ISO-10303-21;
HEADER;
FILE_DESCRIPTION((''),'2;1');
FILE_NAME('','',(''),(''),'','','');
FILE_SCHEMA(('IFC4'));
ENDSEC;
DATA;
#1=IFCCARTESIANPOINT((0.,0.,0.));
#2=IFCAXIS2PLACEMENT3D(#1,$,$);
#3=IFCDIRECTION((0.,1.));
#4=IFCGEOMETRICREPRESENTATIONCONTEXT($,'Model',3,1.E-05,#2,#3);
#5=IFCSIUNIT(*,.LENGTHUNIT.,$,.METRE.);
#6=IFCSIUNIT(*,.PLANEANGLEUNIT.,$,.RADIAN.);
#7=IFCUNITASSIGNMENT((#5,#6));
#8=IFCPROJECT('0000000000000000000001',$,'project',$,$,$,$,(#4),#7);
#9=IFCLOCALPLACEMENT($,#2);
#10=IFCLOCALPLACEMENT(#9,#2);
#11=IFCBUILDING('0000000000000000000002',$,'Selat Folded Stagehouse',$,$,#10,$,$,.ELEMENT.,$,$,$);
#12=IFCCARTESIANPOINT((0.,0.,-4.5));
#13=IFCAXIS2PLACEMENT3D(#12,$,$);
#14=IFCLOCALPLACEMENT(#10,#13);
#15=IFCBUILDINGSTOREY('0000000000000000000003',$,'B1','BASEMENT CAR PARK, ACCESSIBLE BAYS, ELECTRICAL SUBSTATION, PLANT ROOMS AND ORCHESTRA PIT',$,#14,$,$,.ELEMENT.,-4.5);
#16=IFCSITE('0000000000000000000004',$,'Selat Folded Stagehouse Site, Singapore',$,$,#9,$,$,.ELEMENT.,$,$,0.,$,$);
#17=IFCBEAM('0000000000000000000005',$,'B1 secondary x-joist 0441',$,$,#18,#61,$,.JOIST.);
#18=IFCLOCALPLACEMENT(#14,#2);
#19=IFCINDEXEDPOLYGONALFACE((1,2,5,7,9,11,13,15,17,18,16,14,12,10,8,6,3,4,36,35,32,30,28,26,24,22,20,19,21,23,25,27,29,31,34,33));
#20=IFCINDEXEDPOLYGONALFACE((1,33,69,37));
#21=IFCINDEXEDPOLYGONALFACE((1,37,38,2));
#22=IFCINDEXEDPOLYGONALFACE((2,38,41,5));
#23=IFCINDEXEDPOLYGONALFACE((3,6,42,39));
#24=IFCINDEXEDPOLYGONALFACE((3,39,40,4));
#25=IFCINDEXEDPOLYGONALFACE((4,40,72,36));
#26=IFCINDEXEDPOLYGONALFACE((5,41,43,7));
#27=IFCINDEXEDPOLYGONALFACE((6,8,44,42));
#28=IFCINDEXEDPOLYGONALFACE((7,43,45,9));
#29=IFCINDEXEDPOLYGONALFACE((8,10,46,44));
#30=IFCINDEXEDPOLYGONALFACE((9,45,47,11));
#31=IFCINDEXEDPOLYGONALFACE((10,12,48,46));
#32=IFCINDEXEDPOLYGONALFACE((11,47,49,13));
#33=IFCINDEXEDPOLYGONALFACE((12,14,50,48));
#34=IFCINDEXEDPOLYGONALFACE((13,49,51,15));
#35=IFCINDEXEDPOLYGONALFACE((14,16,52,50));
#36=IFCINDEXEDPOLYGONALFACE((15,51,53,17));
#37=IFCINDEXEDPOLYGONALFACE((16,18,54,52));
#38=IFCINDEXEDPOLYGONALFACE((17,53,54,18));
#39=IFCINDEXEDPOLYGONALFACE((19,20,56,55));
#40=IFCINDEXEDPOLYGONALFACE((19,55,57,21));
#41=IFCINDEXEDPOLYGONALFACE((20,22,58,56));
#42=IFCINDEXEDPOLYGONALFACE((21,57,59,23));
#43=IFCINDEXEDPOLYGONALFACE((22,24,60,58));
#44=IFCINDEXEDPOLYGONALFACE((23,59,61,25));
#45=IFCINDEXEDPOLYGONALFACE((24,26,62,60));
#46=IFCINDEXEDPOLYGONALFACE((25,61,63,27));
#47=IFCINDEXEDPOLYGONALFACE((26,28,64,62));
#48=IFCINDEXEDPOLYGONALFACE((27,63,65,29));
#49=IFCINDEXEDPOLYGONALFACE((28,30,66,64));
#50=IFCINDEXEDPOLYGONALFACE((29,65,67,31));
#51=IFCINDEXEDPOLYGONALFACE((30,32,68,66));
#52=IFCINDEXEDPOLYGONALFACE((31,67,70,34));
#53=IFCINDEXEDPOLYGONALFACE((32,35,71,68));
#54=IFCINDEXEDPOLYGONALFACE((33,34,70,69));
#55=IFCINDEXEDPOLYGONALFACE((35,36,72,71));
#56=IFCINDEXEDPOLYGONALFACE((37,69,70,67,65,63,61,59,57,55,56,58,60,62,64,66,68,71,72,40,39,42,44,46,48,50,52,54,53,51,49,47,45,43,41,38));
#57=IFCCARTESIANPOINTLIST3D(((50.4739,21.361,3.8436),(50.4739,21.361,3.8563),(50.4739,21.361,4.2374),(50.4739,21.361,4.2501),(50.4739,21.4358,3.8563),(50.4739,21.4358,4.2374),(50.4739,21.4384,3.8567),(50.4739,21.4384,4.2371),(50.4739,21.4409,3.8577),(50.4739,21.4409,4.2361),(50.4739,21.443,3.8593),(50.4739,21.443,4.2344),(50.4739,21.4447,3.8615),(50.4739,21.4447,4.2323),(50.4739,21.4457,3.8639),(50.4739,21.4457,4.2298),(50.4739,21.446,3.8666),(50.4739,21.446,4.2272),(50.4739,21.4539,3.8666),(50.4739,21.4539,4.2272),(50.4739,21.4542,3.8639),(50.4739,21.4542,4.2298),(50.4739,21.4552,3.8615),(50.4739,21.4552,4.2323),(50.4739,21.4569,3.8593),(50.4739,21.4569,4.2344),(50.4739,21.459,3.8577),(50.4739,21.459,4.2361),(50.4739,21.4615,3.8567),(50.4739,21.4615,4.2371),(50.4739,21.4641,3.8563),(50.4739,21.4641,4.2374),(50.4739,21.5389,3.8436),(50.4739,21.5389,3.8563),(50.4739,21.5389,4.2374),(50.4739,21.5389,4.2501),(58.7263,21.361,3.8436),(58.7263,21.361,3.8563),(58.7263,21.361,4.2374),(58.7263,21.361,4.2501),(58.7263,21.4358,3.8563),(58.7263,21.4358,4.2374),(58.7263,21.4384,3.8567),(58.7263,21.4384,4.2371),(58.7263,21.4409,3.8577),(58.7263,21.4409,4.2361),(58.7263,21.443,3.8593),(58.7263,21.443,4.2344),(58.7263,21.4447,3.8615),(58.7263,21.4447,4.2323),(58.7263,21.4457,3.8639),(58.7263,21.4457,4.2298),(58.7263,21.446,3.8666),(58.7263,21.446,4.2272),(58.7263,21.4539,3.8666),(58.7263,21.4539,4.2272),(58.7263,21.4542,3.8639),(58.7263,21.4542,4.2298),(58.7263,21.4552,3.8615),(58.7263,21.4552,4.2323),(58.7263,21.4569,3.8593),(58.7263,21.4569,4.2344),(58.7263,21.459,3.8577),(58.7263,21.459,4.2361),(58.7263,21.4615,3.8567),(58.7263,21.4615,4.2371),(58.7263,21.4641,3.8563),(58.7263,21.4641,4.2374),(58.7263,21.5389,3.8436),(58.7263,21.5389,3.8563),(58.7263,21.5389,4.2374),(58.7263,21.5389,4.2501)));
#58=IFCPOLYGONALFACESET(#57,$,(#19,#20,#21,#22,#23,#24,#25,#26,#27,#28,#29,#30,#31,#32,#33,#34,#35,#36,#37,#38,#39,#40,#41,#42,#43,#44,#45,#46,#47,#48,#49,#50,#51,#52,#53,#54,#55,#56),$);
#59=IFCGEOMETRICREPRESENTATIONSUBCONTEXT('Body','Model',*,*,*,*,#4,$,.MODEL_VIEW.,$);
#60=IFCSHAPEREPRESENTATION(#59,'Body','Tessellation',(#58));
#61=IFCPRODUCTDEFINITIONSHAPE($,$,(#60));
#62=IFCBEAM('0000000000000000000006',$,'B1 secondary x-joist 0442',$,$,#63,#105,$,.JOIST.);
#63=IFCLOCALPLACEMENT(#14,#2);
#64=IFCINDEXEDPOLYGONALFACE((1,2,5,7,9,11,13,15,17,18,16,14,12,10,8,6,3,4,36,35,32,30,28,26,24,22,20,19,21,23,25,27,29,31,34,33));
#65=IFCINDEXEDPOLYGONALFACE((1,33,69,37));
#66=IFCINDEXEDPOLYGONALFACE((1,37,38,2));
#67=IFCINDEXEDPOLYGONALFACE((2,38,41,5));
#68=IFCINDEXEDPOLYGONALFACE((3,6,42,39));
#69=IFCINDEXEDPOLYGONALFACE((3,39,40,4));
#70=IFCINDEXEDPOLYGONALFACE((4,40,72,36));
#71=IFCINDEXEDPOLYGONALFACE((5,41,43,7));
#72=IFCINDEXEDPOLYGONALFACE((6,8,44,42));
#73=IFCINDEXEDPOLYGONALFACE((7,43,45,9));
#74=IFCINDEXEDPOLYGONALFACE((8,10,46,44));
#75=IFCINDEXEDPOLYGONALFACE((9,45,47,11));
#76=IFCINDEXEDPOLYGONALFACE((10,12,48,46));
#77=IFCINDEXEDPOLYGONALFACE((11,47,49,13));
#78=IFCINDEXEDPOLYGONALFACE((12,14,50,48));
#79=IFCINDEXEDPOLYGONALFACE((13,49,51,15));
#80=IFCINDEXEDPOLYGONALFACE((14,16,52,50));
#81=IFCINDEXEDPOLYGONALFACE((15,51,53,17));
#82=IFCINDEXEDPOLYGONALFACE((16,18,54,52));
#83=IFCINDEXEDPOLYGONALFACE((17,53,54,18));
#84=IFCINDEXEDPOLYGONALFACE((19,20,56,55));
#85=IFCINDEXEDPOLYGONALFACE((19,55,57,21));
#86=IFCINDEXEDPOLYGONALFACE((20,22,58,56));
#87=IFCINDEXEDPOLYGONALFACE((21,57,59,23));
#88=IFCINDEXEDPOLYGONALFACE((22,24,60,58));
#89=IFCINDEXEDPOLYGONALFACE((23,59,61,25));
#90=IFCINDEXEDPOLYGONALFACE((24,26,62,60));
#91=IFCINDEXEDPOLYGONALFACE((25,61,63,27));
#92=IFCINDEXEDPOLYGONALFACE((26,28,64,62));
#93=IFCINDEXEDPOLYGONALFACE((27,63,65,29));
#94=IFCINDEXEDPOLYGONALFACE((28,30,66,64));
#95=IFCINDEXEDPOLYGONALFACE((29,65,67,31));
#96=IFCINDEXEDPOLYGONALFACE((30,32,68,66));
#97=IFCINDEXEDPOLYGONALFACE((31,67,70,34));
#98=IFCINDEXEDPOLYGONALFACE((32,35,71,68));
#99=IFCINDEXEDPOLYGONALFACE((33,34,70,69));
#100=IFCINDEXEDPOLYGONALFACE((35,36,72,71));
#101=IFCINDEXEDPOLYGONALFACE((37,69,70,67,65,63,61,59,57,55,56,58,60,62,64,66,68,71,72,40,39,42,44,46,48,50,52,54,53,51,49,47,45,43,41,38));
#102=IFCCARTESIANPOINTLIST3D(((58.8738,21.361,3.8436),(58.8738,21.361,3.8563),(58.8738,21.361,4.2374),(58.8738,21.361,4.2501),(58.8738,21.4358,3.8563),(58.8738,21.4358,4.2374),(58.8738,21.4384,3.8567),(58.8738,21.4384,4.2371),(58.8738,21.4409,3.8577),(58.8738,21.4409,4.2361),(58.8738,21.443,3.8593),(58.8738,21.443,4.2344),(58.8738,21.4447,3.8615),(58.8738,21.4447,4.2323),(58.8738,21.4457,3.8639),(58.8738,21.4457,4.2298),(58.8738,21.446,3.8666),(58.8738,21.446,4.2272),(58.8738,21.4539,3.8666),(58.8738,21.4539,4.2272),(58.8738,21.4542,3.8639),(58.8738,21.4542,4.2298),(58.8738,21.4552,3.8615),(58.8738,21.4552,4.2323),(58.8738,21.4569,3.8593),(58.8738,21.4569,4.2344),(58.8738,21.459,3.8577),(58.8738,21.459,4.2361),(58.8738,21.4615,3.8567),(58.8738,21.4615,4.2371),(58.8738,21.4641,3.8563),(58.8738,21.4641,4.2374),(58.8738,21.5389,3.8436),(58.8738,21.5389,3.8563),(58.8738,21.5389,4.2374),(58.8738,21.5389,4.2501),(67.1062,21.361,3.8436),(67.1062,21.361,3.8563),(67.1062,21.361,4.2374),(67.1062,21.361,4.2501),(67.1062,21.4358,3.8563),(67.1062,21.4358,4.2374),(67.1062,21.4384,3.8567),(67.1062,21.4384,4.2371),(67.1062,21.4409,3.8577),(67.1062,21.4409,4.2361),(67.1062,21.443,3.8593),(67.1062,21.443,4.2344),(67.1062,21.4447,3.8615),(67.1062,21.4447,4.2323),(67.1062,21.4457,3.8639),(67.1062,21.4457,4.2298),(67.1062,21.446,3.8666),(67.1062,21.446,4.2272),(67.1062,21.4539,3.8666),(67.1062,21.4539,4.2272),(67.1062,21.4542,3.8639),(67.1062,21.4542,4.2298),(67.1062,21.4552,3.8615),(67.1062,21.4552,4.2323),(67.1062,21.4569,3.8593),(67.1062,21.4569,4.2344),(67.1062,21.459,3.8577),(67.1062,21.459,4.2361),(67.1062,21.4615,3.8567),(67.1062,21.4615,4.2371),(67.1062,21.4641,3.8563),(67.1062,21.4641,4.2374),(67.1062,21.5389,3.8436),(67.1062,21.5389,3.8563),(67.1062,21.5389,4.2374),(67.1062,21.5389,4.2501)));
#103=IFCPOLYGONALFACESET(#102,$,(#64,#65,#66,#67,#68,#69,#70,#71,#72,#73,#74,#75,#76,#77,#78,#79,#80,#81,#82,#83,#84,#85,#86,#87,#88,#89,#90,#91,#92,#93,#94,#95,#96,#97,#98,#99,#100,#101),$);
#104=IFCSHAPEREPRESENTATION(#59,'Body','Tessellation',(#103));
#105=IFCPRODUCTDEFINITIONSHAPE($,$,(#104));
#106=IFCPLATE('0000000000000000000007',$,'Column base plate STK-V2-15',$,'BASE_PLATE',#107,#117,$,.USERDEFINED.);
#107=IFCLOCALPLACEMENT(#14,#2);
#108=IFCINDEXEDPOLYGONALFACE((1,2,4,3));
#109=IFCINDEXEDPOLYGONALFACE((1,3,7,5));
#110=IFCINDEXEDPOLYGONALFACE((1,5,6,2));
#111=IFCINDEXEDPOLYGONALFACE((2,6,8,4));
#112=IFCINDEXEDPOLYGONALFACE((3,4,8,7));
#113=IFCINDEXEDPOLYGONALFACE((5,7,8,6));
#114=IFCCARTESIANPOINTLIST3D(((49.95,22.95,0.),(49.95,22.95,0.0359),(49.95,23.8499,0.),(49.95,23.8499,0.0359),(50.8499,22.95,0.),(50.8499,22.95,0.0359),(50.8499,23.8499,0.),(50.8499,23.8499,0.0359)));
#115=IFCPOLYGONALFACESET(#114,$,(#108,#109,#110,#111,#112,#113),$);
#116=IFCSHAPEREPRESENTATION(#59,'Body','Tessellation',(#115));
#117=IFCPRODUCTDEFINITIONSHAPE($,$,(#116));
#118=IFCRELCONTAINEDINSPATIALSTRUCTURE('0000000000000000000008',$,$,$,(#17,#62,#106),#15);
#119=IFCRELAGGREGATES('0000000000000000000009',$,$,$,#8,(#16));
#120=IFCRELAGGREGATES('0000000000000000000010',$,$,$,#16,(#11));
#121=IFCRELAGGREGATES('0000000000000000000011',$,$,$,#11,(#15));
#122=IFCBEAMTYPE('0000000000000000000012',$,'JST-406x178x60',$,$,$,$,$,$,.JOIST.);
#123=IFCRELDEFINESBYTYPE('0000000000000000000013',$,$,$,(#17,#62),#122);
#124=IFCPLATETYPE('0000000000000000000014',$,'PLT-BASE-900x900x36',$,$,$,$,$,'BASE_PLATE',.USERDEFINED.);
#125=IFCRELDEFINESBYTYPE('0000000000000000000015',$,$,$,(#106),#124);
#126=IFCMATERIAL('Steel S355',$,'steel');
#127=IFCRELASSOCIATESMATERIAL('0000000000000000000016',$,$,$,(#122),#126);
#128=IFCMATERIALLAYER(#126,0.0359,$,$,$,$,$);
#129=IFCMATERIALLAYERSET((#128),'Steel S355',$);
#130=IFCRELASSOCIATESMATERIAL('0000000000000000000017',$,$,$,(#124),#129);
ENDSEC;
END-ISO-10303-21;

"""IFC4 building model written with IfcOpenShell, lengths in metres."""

from ifc_helpers import new_model, si_unit, direction, frame, origin, origin_2d, place, context, subcontext, project, spatial, rectangle, i_section, extrude, material, layer, layer_set, material_profile, profile_set, type_object, element, save


model = new_model("IFC4")

# Units and contexts
model_context = context("Model", 3, precision=1e-05, world=origin(), true_north=direction((0.0, 1.0)))
body_context = subcontext(model_context, "Body", "Model", "MODEL_VIEW")
ifc_project = project(units=[si_unit("LENGTHUNIT", "METRE"), si_unit("PLANEANGLEUNIT", "RADIAN")], contexts=[model_context])

# Site, building, storey
site_placement = place(None, origin())
site = spatial("IfcSite", under=ifc_project, at=site_placement, Name="Selat Folded Stagehouse Site, Singapore", CompositionType="ELEMENT", RefElevation=0.0)
building_placement = place(site_placement, origin())
building = spatial("IfcBuilding", under=site, at=building_placement, Name="Selat Folded Stagehouse", CompositionType="ELEMENT")
storey_placement = place(building_placement, frame((0.0, 0.0, -4.5)))
storey = spatial("IfcBuildingStorey", under=building, at=storey_placement, Name="B1", Description="BASEMENT CAR PARK, ACCESSIBLE BAYS, ELECTRICAL SUBSTATION, PLANT ROOMS AND ORCHESTRA PIT", CompositionType="ELEMENT", Elevation=-4.5)

# Shared definitions
ifc_material_1 = material(Name="Steel S355", Category="steel")

# Beams
ifc_material_profile_1 = material_profile(ifc_material_1, i_section(OverallWidth=0.178, OverallDepth=0.4065, WebThickness=0.0078, FlangeThickness=0.0127, FilletRadius=0.0103, at=origin_2d()), Name="UKB 406x178x60")
ifc_profile_set_1 = profile_set([ifc_material_profile_1], Name="Steel S355")
beam_type_1 = type_object("IfcBeamType", Name="JST-406x178x60", PredefinedType="JOIST", material=ifc_profile_set_1)
beam_1_placement = place(storey_placement, frame((50.4739, 21.45, 4.0469), z_axis=(1.0, 0.0, 0.0), x_axis=(0.0, 1.0, 0.0)))
element("IfcBeam", 1, at=beam_1_placement, inside=storey, type_object=beam_type_1, Name="B1 secondary x-joist 0441", PredefinedType="JOIST", context=body_context, shape_type="SweptSolid", body=[
    extrude(i_section(OverallWidth=0.178, OverallDepth=0.4065, WebThickness=0.0078, FlangeThickness=0.0127, FilletRadius=0.0103, at=origin_2d()), origin(), (0.0, 0.0, 1.0), 8.2524),
])
beam_2_placement = place(storey_placement, frame((58.8738, 21.45, 4.0469), z_axis=(1.0, 0.0, 0.0), x_axis=(0.0, 1.0, 0.0)))
element("IfcBeam", 2, at=beam_2_placement, inside=storey, type_object=beam_type_1, Name="B1 secondary x-joist 0442", PredefinedType="JOIST", context=body_context, shape_type="SweptSolid", body=[
    extrude(i_section(OverallWidth=0.178, OverallDepth=0.4065, WebThickness=0.0078, FlangeThickness=0.0127, FilletRadius=0.0103, at=origin_2d()), origin(), (0.0, 0.0, 1.0), 8.2324),
])

# Plate
ifc_layer = layer(ifc_material_1, 0.0359)
ifc_layer_set = layer_set([ifc_layer], Name="Steel S355")
plate_type = type_object("IfcPlateType", Name="PLT-BASE-900x900x36", ElementType="BASE_PLATE", PredefinedType="USERDEFINED", material=ifc_layer_set)
plate_placement = place(storey_placement, frame((50.3999, 23.3999, 0.0), z_axis=(0.0, 0.0, 1.0), x_axis=(1.0, 0.0, 0.0)))
element("IfcPlate", 3, at=plate_placement, inside=storey, type_object=plate_type, Name="Column base plate STK-V2-15", ObjectType="BASE_PLATE", PredefinedType="USERDEFINED", context=body_context, shape_type="SweptSolid", body=[
    extrude(rectangle(XDim=0.8999, YDim=0.8999, at=origin_2d()), origin(), (0.0, 0.0, 1.0), 0.0359),
])

save(model, "model.ifc")
